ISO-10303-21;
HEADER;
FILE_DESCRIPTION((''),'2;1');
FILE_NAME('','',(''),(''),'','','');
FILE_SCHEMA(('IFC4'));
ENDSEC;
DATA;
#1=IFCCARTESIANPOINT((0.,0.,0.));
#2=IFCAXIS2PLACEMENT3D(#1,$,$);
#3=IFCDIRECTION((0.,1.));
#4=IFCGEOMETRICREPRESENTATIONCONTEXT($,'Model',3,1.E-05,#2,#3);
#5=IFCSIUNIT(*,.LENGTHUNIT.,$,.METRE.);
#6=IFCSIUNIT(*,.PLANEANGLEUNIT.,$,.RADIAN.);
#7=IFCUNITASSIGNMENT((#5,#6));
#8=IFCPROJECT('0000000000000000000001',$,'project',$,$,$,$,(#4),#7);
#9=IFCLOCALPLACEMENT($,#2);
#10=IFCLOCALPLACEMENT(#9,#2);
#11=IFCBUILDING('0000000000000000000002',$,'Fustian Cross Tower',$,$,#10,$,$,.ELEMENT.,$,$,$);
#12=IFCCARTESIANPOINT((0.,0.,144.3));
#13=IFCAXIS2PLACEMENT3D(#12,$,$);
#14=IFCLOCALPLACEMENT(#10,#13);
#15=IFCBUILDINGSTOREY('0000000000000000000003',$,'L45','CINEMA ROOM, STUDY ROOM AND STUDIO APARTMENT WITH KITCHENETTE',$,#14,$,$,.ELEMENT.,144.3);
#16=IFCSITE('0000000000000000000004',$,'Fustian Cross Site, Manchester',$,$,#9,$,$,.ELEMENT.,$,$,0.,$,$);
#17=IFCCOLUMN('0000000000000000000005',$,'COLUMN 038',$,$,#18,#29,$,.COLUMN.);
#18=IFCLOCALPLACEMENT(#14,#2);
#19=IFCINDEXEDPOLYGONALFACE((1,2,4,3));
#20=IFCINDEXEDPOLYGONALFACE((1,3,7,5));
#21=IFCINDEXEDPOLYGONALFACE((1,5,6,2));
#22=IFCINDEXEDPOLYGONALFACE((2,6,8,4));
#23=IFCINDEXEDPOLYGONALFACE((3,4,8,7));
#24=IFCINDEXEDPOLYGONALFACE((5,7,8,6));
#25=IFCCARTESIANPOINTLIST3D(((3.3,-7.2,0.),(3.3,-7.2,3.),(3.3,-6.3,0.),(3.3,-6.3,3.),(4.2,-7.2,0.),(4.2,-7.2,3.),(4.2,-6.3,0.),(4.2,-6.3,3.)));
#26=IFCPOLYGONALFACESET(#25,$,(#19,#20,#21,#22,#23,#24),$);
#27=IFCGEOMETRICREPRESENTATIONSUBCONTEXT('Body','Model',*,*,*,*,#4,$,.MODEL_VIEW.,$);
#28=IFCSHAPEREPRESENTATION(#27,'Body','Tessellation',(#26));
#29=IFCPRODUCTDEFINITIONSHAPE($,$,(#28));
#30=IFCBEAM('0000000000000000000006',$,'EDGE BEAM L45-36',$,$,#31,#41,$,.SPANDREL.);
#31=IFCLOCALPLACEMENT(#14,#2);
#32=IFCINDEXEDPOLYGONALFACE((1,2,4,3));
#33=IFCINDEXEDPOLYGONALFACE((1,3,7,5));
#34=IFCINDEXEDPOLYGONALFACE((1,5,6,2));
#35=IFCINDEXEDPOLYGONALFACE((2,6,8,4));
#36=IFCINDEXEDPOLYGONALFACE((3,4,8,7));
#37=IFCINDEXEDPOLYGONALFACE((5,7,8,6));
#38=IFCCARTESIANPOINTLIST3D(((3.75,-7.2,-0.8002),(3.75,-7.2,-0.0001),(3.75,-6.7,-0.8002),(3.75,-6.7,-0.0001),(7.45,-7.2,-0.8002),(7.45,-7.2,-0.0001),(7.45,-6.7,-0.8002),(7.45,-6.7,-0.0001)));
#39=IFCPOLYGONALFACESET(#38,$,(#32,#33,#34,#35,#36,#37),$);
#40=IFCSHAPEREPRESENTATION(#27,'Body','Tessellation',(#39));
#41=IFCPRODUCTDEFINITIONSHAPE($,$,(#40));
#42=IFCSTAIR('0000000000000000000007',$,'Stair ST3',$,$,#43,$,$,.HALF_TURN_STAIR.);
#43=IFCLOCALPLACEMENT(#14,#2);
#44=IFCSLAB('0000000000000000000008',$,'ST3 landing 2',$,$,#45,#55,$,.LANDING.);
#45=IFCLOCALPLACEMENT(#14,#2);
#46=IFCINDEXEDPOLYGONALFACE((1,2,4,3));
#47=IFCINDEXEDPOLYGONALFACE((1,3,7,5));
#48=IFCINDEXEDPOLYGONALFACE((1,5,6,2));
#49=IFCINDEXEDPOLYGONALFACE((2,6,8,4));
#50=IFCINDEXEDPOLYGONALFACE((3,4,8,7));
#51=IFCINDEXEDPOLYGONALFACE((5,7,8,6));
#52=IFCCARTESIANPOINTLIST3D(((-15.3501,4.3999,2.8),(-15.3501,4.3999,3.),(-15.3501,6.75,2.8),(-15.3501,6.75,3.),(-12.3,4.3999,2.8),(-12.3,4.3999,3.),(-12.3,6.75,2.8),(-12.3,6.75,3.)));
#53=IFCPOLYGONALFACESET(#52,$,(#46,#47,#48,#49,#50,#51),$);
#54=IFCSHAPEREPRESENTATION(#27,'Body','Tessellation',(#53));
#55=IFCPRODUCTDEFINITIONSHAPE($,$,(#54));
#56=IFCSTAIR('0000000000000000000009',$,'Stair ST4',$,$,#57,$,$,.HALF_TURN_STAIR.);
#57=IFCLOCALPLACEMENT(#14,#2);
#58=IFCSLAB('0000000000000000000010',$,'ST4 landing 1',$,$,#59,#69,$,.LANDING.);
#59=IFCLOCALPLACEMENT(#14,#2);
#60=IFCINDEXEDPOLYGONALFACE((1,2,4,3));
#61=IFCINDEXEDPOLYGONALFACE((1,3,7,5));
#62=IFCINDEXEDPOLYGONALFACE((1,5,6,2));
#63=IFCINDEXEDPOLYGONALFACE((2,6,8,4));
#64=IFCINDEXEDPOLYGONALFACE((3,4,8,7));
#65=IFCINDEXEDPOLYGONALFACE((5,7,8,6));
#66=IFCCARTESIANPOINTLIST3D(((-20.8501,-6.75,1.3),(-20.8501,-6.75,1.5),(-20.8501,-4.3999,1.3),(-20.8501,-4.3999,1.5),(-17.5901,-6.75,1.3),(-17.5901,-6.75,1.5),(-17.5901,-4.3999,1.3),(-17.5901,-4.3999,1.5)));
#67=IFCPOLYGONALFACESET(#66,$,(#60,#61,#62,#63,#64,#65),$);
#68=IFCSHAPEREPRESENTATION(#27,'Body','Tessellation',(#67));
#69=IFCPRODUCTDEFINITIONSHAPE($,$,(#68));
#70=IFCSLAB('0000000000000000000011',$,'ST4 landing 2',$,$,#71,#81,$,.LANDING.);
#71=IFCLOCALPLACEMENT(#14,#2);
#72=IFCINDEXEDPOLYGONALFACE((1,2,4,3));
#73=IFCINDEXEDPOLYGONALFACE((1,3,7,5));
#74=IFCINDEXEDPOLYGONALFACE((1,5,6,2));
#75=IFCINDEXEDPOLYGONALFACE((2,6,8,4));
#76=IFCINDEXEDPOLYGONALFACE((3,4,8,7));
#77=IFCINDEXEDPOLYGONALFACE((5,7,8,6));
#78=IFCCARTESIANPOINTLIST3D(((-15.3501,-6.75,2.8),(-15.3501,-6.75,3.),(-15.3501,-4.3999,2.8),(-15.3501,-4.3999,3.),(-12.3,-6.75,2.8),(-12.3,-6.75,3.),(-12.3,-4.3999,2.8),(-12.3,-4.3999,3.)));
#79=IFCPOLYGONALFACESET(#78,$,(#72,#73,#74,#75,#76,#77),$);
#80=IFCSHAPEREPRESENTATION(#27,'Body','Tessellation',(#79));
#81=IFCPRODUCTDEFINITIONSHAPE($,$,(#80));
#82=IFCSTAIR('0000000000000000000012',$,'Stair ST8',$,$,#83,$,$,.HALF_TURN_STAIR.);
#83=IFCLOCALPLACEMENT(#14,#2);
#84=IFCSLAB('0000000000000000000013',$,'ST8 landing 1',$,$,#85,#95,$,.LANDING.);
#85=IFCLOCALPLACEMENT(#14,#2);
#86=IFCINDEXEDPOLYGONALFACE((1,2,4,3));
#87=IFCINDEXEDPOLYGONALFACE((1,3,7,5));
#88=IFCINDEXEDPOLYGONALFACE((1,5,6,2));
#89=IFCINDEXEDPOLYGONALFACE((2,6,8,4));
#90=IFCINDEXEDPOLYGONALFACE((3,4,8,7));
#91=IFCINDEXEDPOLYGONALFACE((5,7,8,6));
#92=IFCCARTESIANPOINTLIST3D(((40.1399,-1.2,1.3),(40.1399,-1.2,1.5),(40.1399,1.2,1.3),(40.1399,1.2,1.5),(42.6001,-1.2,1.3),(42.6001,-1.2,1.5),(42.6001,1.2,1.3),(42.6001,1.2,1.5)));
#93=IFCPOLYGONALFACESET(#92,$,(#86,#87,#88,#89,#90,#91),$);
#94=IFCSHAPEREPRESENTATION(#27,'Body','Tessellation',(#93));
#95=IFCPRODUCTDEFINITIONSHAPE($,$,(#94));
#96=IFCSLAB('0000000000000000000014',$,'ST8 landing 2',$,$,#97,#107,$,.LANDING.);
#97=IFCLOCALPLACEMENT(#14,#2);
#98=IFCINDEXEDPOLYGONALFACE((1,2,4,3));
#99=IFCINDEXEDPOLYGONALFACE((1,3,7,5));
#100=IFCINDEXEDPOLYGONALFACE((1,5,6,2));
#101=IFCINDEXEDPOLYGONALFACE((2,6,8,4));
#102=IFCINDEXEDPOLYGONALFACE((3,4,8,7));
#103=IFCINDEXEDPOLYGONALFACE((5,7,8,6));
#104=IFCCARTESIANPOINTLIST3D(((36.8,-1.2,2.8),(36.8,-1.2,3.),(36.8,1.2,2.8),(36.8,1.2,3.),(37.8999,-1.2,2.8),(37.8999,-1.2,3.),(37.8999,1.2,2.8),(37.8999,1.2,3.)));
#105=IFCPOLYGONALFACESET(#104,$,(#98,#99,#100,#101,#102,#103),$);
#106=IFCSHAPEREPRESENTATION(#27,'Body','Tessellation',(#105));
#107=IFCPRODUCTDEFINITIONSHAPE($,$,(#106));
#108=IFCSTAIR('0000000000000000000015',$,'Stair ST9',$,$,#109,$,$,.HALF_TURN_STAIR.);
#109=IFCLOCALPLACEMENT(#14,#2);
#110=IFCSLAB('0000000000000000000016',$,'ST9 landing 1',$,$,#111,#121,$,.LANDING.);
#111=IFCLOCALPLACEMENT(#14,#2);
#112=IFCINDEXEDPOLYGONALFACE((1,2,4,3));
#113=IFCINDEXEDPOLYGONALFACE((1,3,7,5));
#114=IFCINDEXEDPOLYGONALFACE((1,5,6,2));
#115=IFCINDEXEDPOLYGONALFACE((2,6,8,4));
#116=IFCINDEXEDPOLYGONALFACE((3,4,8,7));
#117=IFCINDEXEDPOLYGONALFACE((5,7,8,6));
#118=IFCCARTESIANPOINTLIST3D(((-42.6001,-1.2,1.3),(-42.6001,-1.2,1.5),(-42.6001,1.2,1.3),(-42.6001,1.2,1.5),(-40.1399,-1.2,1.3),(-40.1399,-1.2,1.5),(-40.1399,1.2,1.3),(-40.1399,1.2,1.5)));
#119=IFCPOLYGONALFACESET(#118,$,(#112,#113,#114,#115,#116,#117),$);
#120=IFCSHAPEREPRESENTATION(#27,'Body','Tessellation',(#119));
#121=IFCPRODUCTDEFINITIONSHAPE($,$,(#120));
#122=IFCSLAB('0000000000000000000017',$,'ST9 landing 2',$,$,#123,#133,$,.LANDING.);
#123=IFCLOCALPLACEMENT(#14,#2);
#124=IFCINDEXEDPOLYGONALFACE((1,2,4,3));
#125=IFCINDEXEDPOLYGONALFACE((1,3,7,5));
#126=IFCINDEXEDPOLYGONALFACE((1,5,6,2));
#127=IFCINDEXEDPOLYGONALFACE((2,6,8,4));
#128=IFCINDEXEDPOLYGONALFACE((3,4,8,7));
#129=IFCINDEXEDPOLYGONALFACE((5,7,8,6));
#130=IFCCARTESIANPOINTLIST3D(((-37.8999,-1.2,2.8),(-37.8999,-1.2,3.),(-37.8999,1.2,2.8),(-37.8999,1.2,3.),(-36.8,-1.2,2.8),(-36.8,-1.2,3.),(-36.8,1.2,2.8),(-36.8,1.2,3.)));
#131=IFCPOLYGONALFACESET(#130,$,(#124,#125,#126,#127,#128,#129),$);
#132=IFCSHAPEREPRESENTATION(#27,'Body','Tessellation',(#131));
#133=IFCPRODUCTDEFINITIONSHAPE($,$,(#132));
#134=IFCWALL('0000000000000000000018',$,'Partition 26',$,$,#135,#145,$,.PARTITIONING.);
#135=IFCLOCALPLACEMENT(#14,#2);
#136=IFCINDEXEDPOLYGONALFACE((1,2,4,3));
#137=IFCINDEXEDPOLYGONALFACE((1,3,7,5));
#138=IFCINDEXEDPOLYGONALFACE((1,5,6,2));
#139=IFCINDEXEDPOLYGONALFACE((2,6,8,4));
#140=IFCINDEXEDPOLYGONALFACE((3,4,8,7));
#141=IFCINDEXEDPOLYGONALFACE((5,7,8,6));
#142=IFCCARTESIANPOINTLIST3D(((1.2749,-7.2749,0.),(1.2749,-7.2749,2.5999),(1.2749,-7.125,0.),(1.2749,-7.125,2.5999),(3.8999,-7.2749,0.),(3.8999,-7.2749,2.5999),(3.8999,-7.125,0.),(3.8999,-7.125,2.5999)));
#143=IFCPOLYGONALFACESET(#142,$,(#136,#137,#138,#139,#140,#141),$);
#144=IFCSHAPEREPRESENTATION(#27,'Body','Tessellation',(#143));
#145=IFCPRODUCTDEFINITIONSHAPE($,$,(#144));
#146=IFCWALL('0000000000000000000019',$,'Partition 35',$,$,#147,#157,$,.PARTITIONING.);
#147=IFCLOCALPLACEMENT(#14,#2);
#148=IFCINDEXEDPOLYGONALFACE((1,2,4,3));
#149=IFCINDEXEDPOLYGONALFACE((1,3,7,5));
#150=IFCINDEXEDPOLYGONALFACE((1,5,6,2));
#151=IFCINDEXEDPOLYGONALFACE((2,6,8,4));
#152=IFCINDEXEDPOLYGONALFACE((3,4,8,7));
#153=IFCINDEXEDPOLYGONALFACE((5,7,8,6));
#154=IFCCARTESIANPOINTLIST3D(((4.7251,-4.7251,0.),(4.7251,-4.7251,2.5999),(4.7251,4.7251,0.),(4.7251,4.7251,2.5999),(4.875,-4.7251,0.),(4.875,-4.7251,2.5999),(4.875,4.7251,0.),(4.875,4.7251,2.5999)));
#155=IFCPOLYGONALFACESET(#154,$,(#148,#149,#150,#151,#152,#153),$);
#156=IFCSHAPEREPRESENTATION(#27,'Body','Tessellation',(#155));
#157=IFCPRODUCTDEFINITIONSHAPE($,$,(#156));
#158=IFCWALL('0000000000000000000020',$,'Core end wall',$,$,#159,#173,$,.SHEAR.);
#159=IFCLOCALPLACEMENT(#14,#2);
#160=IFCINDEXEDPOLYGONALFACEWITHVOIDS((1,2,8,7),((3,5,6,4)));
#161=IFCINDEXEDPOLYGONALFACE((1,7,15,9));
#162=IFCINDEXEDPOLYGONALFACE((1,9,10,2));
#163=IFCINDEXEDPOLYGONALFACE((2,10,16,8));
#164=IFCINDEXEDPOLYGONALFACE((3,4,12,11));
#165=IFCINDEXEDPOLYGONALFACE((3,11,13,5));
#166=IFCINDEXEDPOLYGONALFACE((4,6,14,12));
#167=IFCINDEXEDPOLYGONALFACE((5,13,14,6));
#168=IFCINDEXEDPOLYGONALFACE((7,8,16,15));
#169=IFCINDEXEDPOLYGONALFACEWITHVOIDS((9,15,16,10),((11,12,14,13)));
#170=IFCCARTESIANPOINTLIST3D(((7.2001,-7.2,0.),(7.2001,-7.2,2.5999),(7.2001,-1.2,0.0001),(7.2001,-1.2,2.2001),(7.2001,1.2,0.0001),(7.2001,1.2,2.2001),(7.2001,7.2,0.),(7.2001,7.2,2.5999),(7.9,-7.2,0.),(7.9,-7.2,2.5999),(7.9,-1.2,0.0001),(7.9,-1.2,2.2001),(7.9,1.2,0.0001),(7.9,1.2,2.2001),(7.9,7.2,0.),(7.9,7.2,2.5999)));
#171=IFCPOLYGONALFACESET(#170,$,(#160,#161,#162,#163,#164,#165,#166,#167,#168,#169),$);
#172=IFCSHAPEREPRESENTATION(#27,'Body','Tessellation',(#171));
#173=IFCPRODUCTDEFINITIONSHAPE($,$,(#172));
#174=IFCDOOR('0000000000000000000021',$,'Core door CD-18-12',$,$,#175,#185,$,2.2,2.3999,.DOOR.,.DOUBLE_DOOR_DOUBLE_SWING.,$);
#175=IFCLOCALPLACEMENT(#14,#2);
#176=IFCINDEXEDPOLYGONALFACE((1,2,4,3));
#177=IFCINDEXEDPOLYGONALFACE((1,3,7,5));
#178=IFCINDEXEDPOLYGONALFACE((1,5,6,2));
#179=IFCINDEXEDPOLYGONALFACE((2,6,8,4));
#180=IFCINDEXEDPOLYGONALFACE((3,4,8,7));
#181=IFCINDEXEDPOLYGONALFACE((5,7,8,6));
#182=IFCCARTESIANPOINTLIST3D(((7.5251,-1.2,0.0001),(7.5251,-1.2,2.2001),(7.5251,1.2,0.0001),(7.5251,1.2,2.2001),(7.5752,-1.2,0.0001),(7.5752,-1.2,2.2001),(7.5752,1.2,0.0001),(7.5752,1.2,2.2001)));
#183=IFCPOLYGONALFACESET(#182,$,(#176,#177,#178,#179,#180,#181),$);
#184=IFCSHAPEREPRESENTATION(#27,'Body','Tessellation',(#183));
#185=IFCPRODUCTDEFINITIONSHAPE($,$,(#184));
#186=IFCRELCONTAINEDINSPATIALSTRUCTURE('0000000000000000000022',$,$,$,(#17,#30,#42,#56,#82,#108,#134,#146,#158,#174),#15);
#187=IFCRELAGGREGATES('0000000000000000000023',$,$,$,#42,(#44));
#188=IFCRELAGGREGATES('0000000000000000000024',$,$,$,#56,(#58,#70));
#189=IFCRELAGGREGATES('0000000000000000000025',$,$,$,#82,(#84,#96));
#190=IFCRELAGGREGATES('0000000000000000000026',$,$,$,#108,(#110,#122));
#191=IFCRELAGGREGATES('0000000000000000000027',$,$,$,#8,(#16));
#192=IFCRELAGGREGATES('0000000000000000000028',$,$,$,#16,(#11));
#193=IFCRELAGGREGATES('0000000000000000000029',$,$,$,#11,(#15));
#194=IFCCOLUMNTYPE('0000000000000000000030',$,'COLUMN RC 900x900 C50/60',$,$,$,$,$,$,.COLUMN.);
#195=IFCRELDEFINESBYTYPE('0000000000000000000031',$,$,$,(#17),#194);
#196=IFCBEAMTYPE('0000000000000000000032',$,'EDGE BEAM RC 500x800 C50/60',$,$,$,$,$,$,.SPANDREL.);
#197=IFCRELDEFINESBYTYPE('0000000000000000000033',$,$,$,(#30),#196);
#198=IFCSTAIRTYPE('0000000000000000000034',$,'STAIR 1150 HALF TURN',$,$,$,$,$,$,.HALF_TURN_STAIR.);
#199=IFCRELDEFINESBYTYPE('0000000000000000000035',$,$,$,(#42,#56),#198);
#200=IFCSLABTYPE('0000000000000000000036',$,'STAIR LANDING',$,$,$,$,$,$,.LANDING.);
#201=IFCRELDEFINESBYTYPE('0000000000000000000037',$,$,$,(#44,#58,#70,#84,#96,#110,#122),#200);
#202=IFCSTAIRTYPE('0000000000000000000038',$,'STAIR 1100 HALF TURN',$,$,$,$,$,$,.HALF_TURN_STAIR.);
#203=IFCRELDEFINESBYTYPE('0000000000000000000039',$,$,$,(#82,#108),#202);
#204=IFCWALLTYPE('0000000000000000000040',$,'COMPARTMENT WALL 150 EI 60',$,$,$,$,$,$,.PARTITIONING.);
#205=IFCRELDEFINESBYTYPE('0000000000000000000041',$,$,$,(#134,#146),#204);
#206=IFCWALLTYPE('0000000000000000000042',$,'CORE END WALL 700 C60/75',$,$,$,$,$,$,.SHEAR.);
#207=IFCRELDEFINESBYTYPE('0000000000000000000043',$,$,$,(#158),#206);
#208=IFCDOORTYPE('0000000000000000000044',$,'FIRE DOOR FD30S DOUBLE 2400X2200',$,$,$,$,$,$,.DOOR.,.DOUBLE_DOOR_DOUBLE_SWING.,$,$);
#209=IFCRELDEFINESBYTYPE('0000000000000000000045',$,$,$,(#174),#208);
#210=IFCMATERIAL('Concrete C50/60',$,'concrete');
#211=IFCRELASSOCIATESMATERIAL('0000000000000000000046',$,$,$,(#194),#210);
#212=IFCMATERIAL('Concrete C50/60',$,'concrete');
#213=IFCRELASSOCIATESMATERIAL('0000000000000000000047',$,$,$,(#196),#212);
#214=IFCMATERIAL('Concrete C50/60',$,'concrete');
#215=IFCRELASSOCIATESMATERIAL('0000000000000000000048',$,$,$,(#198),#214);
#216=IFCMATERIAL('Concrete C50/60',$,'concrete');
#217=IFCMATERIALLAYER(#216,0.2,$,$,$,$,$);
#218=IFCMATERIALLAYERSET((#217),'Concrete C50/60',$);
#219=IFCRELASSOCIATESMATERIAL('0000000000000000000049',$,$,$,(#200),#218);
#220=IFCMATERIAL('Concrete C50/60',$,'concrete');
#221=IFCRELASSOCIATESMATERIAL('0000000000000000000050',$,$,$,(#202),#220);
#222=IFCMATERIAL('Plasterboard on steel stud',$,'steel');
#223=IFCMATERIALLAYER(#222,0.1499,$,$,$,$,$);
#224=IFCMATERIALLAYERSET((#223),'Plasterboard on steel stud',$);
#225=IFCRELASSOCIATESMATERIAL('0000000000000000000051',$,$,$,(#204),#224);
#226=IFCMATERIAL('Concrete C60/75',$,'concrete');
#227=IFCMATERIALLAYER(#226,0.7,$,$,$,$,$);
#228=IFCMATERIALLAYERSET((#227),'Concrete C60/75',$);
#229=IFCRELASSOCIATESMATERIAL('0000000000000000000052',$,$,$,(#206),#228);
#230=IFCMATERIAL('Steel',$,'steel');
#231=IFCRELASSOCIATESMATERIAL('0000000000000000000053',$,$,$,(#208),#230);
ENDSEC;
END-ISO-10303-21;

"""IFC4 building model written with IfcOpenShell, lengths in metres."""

from ifc_helpers import new_model, si_unit, direction, frame, frame_2d, origin, origin_2d, place, context, subcontext, project, spatial, polyline, rectangle, outline, extrude, material, layer, layer_set, material_profile, profile_set, type_object, element, fill, aggregate, save


model = new_model("IFC4")

# Units and contexts
model_context = context("Model", 3, precision=1e-05, world=origin(), true_north=direction((0.0, 1.0)))
body_context = subcontext(model_context, "Body", "Model", "MODEL_VIEW")
ifc_project = project(units=[si_unit("LENGTHUNIT", "METRE"), si_unit("PLANEANGLEUNIT", "RADIAN")], contexts=[model_context])

# Site, building, storey
site_placement = place(None, origin())
site = spatial("IfcSite", under=ifc_project, at=site_placement, Name="Fustian Cross Site, Manchester", CompositionType="ELEMENT", RefElevation=0.0)
building_placement = place(site_placement, origin())
building = spatial("IfcBuilding", under=site, at=building_placement, Name="Fustian Cross Tower", CompositionType="ELEMENT")
storey_placement = place(building_placement, frame((0.0, 0.0, 144.3)))
storey = spatial("IfcBuildingStorey", under=building, at=storey_placement, Name="L45", Description="CINEMA ROOM, STUDY ROOM AND STUDIO APARTMENT WITH KITCHENETTE", CompositionType="ELEMENT", Elevation=144.3)

# Column
ifc_material_1 = material(Name="Concrete C50/60", Category="concrete")
ifc_material_profile_1 = material_profile(ifc_material_1, rectangle(XDim=0.8999, YDim=0.8999, at=origin_2d()), Name="RC 900x900")
ifc_profile_set_1 = profile_set([ifc_material_profile_1], Name="Concrete C50/60")
column_type = type_object("IfcColumnType", Name="COLUMN RC 900x900 C50/60", PredefinedType="COLUMN", material=ifc_profile_set_1)
column_placement = place(storey_placement, frame((3.75, -6.75, 0.0), z_axis=(0.0, 0.0, 1.0), x_axis=(1.0, 0.0, 0.0)))
element("IfcColumn", 1, at=column_placement, inside=storey, type_object=column_type, Name="COLUMN 038", PredefinedType="COLUMN", context=body_context, shape_type="SweptSolid", body=[
    extrude(rectangle(XDim=0.8999, YDim=0.8999, at=origin_2d()), origin(), (0.0, 0.0, 1.0), 3.0),
])

# Beam
ifc_material_2 = material(Name="Concrete C50/60", Category="concrete")
ifc_material_profile_2 = material_profile(ifc_material_2, rectangle(XDim=0.5, YDim=0.8, at=origin_2d()), Name="RC 500x800")
ifc_profile_set_2 = profile_set([ifc_material_profile_2], Name="Concrete C50/60")
beam_type = type_object("IfcBeamType", Name="EDGE BEAM RC 500x800 C50/60", PredefinedType="SPANDREL", material=ifc_profile_set_2)
beam_placement = place(storey_placement, frame((3.75, -6.95, -0.4001), z_axis=(1.0, 0.0, 0.0), x_axis=(0.0, 1.0, 0.0)))
element("IfcBeam", 2, at=beam_placement, inside=storey, type_object=beam_type, Name="EDGE BEAM L45-36", PredefinedType="SPANDREL", context=body_context, shape_type="SweptSolid", body=[
    extrude(rectangle(XDim=0.5, YDim=0.8, at=origin_2d()), origin(), (0.0, 0.0, 1.0), 3.7),
])

# Stair, slab
ifc_material_3 = material(Name="Concrete C50/60", Category="concrete")
stair_type_1 = type_object("IfcStairType", Name="STAIR 1150 HALF TURN", PredefinedType="HALF_TURN_STAIR", material=ifc_material_3)
stair_1_placement = place(storey_placement, origin())
stair_1 = element("IfcStair", 3, at=stair_1_placement, inside=storey, type_object=stair_type_1, Name="Stair ST3", PredefinedType="HALF_TURN_STAIR")
ifc_material_4 = material(Name="Concrete C50/60", Category="concrete")
ifc_layer_1 = layer(ifc_material_4, 0.2)
ifc_layer_set_1 = layer_set([ifc_layer_1], Name="Concrete C50/60")
slab_type = type_object("IfcSlabType", Name="STAIR LANDING", PredefinedType="LANDING", material=ifc_layer_set_1)
slab_1_placement = place(storey_placement, frame((0.0, 0.0, 2.8)))
slab_1 = element("IfcSlab", 4, at=slab_1_placement, type_object=slab_type, Name="ST3 landing 2", PredefinedType="LANDING", context=body_context, shape_type="SweptSolid", body=[
    extrude(outline(polyline([(-12.3, 4.3999), (-15.3501, 4.3999), (-15.3501, 6.75), (-12.3, 6.75), (-12.3, 4.3999)])), origin(), (0.0, 0.0, 1.0), 0.2),
])
aggregate(stair_1, [slab_1])

# Stairs, slabs
stair_2_placement = place(storey_placement, origin())
stair_2 = element("IfcStair", 5, at=stair_2_placement, inside=storey, type_object=stair_type_1, Name="Stair ST4", PredefinedType="HALF_TURN_STAIR")
slab_2_placement = place(storey_placement, frame((0.0, 0.0, 1.3)))
slab_2 = element("IfcSlab", 6, at=slab_2_placement, type_object=slab_type, Name="ST4 landing 1", PredefinedType="LANDING", context=body_context, shape_type="SweptSolid", body=[
    extrude(outline(polyline([(-17.5901, -4.3999), (-20.8501, -4.3999), (-20.8501, -6.75), (-17.5901, -6.75), (-17.5901, -4.3999)])), origin(), (0.0, 0.0, 1.0), 0.2),
])
slab_3_placement = place(storey_placement, frame((0.0, 0.0, 2.8)))
slab_3 = element("IfcSlab", 7, at=slab_3_placement, type_object=slab_type, Name="ST4 landing 2", PredefinedType="LANDING", context=body_context, shape_type="SweptSolid", body=[
    extrude(outline(polyline([(-12.3, -4.3999), (-15.3501, -4.3999), (-15.3501, -6.75), (-12.3, -6.75), (-12.3, -4.3999)])), origin(), (0.0, 0.0, 1.0), 0.2),
])
aggregate(stair_2, [slab_2, slab_3])
ifc_material_5 = material(Name="Concrete C50/60", Category="concrete")
stair_type_2 = type_object("IfcStairType", Name="STAIR 1100 HALF TURN", PredefinedType="HALF_TURN_STAIR", material=ifc_material_5)
stair_3_placement = place(storey_placement, origin())
stair_3 = element("IfcStair", 8, at=stair_3_placement, inside=storey, type_object=stair_type_2, Name="Stair ST8", PredefinedType="HALF_TURN_STAIR")
slab_4_placement = place(storey_placement, frame((0.0, 0.0, 1.3)))
slab_4 = element("IfcSlab", 9, at=slab_4_placement, type_object=slab_type, Name="ST8 landing 1", PredefinedType="LANDING", context=body_context, shape_type="SweptSolid", body=[
    extrude(outline(polyline([(40.1399, -1.2), (42.6001, -1.2), (42.6001, 1.2), (40.1399, 1.2), (40.1399, -1.2)])), origin(), (0.0, 0.0, 1.0), 0.2),
])
slab_5_placement = place(storey_placement, frame((0.0, 0.0, 2.8)))
slab_5 = element("IfcSlab", 10, at=slab_5_placement, type_object=slab_type, Name="ST8 landing 2", PredefinedType="LANDING", context=body_context, shape_type="SweptSolid", body=[
    extrude(outline(polyline([(36.8, -1.2), (37.8999, -1.2), (37.8999, 1.2), (36.8, 1.2), (36.8, -1.2)])), origin(), (0.0, 0.0, 1.0), 0.2),
])
aggregate(stair_3, [slab_4, slab_5])
stair_4_placement = place(storey_placement, origin())
stair_4 = element("IfcStair", 11, at=stair_4_placement, inside=storey, type_object=stair_type_2, Name="Stair ST9", PredefinedType="HALF_TURN_STAIR")
slab_6_placement = place(storey_placement, frame((0.0, 0.0, 1.3)))
slab_6 = element("IfcSlab", 12, at=slab_6_placement, type_object=slab_type, Name="ST9 landing 1", PredefinedType="LANDING", context=body_context, shape_type="SweptSolid", body=[
    extrude(outline(polyline([(-40.1399, -1.2), (-42.6001, -1.2), (-42.6001, 1.2), (-40.1399, 1.2), (-40.1399, -1.2)])), origin(), (0.0, 0.0, 1.0), 0.2),
])
slab_7_placement = place(storey_placement, frame((0.0, 0.0, 2.8)))
slab_7 = element("IfcSlab", 13, at=slab_7_placement, type_object=slab_type, Name="ST9 landing 2", PredefinedType="LANDING", context=body_context, shape_type="SweptSolid", body=[
    extrude(outline(polyline([(-36.8, -1.2), (-37.8999, -1.2), (-37.8999, 1.2), (-36.8, 1.2), (-36.8, -1.2)])), origin(), (0.0, 0.0, 1.0), 0.2),
])
aggregate(stair_4, [slab_6, slab_7])

# Walls
ifc_material_6 = material(Name="Plasterboard on steel stud", Category="steel")
ifc_layer_2 = layer(ifc_material_6, 0.1499)
ifc_layer_set_2 = layer_set([ifc_layer_2], Name="Plasterboard on steel stud")
wall_type_1 = type_object("IfcWallType", Name="COMPARTMENT WALL 150 EI 60", PredefinedType="PARTITIONING", material=ifc_layer_set_2)
wall_1_placement = place(storey_placement, frame((1.2749, -7.2, 0.0), z_axis=(0.0, 0.0, 1.0), x_axis=(1.0, 0.0, 0.0)))
element("IfcWall", 14, at=wall_1_placement, inside=storey, type_object=wall_type_1, Name="Partition 26", PredefinedType="PARTITIONING", context=body_context, shape_type="SweptSolid", body=[
    extrude(rectangle(XDim=2.625, YDim=0.1499, at=frame_2d((1.3125, 0.0))), origin(), (0.0, 0.0, 1.0), 2.5999),
])
wall_2_placement = place(storey_placement, frame((4.8, -4.7251, 0.0), z_axis=(0.0, 0.0, 1.0), x_axis=(0.0, 1.0, 0.0)))
element("IfcWall", 15, at=wall_2_placement, inside=storey, type_object=wall_type_1, Name="Partition 35", PredefinedType="PARTITIONING", context=body_context, shape_type="SweptSolid", body=[
    extrude(rectangle(XDim=9.4502, YDim=0.1499, at=frame_2d((4.7251, 0.0))), origin(), (0.0, 0.0, 1.0), 2.5999),
])

# Wall, opening, door
ifc_material_7 = material(Name="Concrete C60/75", Category="concrete")
ifc_layer_3 = layer(ifc_material_7, 0.7)
ifc_layer_set_3 = layer_set([ifc_layer_3], Name="Concrete C60/75")
wall_type_2 = type_object("IfcWallType", Name="CORE END WALL 700 C60/75", PredefinedType="SHEAR", material=ifc_layer_set_3)
wall_3_placement = place(storey_placement, frame((7.55, -7.2, 0.0), z_axis=(0.0, 0.0, 1.0), x_axis=(0.0, 1.0, 0.0)))
wall_3 = element("IfcWall", 16, at=wall_3_placement, inside=storey, type_object=wall_type_2, Name="Core end wall", PredefinedType="SHEAR", context=body_context, shape_type="SweptSolid", body=[
    extrude(rectangle(XDim=14.3999, YDim=0.7, at=frame_2d((7.2, 0.0))), origin(), (0.0, 0.0, 1.0), 2.5999),
])
opening_1_placement = place(wall_3_placement, frame((6.0, 0.0, 0.0)))
opening_1 = element("IfcOpeningElement", 17, at=opening_1_placement, cuts=wall_3, PredefinedType="OPENING", context=body_context, shape_type="SweptSolid", body=[
    extrude(rectangle(XDim=2.3999, YDim=2.2, at=frame_2d((1.2, 1.1001))), frame((0.0, 0.3599, 0.0), z_axis=(0.0, -1.0, 0.0), x_axis=(1.0, 0.0, 0.0)), (0.0, 0.0, 1.0), 0.72),
])
ifc_material_8 = material(Name="Steel", Category="steel")
door_type_1 = type_object("IfcDoorType", Name="FIRE DOOR FD30S DOUBLE 2400X2200", OperationType="DOUBLE_DOOR_DOUBLE_SWING", PredefinedType="DOOR", material=ifc_material_8)
door_1_placement = place(opening_1_placement, origin())
door_1 = element("IfcDoor", 18, at=door_1_placement, inside=storey, type_object=door_type_1, Name="Core door CD-18-12", OperationType="DOUBLE_DOOR_DOUBLE_SWING", OverallHeight=2.2, OverallWidth=2.3999, PredefinedType="DOOR", context=body_context, shape_type="SweptSolid", body=[
    extrude(rectangle(XDim=2.3999, YDim=2.2, at=frame_2d((1.2, 1.1001))), frame((0.0, 0.0249, 0.0), z_axis=(0.0, -1.0, 0.0), x_axis=(1.0, 0.0, 0.0)), (0.0, 0.0, 1.0), 0.05),
])
fill(opening_1, door_1)

save(model, "model.ifc")
